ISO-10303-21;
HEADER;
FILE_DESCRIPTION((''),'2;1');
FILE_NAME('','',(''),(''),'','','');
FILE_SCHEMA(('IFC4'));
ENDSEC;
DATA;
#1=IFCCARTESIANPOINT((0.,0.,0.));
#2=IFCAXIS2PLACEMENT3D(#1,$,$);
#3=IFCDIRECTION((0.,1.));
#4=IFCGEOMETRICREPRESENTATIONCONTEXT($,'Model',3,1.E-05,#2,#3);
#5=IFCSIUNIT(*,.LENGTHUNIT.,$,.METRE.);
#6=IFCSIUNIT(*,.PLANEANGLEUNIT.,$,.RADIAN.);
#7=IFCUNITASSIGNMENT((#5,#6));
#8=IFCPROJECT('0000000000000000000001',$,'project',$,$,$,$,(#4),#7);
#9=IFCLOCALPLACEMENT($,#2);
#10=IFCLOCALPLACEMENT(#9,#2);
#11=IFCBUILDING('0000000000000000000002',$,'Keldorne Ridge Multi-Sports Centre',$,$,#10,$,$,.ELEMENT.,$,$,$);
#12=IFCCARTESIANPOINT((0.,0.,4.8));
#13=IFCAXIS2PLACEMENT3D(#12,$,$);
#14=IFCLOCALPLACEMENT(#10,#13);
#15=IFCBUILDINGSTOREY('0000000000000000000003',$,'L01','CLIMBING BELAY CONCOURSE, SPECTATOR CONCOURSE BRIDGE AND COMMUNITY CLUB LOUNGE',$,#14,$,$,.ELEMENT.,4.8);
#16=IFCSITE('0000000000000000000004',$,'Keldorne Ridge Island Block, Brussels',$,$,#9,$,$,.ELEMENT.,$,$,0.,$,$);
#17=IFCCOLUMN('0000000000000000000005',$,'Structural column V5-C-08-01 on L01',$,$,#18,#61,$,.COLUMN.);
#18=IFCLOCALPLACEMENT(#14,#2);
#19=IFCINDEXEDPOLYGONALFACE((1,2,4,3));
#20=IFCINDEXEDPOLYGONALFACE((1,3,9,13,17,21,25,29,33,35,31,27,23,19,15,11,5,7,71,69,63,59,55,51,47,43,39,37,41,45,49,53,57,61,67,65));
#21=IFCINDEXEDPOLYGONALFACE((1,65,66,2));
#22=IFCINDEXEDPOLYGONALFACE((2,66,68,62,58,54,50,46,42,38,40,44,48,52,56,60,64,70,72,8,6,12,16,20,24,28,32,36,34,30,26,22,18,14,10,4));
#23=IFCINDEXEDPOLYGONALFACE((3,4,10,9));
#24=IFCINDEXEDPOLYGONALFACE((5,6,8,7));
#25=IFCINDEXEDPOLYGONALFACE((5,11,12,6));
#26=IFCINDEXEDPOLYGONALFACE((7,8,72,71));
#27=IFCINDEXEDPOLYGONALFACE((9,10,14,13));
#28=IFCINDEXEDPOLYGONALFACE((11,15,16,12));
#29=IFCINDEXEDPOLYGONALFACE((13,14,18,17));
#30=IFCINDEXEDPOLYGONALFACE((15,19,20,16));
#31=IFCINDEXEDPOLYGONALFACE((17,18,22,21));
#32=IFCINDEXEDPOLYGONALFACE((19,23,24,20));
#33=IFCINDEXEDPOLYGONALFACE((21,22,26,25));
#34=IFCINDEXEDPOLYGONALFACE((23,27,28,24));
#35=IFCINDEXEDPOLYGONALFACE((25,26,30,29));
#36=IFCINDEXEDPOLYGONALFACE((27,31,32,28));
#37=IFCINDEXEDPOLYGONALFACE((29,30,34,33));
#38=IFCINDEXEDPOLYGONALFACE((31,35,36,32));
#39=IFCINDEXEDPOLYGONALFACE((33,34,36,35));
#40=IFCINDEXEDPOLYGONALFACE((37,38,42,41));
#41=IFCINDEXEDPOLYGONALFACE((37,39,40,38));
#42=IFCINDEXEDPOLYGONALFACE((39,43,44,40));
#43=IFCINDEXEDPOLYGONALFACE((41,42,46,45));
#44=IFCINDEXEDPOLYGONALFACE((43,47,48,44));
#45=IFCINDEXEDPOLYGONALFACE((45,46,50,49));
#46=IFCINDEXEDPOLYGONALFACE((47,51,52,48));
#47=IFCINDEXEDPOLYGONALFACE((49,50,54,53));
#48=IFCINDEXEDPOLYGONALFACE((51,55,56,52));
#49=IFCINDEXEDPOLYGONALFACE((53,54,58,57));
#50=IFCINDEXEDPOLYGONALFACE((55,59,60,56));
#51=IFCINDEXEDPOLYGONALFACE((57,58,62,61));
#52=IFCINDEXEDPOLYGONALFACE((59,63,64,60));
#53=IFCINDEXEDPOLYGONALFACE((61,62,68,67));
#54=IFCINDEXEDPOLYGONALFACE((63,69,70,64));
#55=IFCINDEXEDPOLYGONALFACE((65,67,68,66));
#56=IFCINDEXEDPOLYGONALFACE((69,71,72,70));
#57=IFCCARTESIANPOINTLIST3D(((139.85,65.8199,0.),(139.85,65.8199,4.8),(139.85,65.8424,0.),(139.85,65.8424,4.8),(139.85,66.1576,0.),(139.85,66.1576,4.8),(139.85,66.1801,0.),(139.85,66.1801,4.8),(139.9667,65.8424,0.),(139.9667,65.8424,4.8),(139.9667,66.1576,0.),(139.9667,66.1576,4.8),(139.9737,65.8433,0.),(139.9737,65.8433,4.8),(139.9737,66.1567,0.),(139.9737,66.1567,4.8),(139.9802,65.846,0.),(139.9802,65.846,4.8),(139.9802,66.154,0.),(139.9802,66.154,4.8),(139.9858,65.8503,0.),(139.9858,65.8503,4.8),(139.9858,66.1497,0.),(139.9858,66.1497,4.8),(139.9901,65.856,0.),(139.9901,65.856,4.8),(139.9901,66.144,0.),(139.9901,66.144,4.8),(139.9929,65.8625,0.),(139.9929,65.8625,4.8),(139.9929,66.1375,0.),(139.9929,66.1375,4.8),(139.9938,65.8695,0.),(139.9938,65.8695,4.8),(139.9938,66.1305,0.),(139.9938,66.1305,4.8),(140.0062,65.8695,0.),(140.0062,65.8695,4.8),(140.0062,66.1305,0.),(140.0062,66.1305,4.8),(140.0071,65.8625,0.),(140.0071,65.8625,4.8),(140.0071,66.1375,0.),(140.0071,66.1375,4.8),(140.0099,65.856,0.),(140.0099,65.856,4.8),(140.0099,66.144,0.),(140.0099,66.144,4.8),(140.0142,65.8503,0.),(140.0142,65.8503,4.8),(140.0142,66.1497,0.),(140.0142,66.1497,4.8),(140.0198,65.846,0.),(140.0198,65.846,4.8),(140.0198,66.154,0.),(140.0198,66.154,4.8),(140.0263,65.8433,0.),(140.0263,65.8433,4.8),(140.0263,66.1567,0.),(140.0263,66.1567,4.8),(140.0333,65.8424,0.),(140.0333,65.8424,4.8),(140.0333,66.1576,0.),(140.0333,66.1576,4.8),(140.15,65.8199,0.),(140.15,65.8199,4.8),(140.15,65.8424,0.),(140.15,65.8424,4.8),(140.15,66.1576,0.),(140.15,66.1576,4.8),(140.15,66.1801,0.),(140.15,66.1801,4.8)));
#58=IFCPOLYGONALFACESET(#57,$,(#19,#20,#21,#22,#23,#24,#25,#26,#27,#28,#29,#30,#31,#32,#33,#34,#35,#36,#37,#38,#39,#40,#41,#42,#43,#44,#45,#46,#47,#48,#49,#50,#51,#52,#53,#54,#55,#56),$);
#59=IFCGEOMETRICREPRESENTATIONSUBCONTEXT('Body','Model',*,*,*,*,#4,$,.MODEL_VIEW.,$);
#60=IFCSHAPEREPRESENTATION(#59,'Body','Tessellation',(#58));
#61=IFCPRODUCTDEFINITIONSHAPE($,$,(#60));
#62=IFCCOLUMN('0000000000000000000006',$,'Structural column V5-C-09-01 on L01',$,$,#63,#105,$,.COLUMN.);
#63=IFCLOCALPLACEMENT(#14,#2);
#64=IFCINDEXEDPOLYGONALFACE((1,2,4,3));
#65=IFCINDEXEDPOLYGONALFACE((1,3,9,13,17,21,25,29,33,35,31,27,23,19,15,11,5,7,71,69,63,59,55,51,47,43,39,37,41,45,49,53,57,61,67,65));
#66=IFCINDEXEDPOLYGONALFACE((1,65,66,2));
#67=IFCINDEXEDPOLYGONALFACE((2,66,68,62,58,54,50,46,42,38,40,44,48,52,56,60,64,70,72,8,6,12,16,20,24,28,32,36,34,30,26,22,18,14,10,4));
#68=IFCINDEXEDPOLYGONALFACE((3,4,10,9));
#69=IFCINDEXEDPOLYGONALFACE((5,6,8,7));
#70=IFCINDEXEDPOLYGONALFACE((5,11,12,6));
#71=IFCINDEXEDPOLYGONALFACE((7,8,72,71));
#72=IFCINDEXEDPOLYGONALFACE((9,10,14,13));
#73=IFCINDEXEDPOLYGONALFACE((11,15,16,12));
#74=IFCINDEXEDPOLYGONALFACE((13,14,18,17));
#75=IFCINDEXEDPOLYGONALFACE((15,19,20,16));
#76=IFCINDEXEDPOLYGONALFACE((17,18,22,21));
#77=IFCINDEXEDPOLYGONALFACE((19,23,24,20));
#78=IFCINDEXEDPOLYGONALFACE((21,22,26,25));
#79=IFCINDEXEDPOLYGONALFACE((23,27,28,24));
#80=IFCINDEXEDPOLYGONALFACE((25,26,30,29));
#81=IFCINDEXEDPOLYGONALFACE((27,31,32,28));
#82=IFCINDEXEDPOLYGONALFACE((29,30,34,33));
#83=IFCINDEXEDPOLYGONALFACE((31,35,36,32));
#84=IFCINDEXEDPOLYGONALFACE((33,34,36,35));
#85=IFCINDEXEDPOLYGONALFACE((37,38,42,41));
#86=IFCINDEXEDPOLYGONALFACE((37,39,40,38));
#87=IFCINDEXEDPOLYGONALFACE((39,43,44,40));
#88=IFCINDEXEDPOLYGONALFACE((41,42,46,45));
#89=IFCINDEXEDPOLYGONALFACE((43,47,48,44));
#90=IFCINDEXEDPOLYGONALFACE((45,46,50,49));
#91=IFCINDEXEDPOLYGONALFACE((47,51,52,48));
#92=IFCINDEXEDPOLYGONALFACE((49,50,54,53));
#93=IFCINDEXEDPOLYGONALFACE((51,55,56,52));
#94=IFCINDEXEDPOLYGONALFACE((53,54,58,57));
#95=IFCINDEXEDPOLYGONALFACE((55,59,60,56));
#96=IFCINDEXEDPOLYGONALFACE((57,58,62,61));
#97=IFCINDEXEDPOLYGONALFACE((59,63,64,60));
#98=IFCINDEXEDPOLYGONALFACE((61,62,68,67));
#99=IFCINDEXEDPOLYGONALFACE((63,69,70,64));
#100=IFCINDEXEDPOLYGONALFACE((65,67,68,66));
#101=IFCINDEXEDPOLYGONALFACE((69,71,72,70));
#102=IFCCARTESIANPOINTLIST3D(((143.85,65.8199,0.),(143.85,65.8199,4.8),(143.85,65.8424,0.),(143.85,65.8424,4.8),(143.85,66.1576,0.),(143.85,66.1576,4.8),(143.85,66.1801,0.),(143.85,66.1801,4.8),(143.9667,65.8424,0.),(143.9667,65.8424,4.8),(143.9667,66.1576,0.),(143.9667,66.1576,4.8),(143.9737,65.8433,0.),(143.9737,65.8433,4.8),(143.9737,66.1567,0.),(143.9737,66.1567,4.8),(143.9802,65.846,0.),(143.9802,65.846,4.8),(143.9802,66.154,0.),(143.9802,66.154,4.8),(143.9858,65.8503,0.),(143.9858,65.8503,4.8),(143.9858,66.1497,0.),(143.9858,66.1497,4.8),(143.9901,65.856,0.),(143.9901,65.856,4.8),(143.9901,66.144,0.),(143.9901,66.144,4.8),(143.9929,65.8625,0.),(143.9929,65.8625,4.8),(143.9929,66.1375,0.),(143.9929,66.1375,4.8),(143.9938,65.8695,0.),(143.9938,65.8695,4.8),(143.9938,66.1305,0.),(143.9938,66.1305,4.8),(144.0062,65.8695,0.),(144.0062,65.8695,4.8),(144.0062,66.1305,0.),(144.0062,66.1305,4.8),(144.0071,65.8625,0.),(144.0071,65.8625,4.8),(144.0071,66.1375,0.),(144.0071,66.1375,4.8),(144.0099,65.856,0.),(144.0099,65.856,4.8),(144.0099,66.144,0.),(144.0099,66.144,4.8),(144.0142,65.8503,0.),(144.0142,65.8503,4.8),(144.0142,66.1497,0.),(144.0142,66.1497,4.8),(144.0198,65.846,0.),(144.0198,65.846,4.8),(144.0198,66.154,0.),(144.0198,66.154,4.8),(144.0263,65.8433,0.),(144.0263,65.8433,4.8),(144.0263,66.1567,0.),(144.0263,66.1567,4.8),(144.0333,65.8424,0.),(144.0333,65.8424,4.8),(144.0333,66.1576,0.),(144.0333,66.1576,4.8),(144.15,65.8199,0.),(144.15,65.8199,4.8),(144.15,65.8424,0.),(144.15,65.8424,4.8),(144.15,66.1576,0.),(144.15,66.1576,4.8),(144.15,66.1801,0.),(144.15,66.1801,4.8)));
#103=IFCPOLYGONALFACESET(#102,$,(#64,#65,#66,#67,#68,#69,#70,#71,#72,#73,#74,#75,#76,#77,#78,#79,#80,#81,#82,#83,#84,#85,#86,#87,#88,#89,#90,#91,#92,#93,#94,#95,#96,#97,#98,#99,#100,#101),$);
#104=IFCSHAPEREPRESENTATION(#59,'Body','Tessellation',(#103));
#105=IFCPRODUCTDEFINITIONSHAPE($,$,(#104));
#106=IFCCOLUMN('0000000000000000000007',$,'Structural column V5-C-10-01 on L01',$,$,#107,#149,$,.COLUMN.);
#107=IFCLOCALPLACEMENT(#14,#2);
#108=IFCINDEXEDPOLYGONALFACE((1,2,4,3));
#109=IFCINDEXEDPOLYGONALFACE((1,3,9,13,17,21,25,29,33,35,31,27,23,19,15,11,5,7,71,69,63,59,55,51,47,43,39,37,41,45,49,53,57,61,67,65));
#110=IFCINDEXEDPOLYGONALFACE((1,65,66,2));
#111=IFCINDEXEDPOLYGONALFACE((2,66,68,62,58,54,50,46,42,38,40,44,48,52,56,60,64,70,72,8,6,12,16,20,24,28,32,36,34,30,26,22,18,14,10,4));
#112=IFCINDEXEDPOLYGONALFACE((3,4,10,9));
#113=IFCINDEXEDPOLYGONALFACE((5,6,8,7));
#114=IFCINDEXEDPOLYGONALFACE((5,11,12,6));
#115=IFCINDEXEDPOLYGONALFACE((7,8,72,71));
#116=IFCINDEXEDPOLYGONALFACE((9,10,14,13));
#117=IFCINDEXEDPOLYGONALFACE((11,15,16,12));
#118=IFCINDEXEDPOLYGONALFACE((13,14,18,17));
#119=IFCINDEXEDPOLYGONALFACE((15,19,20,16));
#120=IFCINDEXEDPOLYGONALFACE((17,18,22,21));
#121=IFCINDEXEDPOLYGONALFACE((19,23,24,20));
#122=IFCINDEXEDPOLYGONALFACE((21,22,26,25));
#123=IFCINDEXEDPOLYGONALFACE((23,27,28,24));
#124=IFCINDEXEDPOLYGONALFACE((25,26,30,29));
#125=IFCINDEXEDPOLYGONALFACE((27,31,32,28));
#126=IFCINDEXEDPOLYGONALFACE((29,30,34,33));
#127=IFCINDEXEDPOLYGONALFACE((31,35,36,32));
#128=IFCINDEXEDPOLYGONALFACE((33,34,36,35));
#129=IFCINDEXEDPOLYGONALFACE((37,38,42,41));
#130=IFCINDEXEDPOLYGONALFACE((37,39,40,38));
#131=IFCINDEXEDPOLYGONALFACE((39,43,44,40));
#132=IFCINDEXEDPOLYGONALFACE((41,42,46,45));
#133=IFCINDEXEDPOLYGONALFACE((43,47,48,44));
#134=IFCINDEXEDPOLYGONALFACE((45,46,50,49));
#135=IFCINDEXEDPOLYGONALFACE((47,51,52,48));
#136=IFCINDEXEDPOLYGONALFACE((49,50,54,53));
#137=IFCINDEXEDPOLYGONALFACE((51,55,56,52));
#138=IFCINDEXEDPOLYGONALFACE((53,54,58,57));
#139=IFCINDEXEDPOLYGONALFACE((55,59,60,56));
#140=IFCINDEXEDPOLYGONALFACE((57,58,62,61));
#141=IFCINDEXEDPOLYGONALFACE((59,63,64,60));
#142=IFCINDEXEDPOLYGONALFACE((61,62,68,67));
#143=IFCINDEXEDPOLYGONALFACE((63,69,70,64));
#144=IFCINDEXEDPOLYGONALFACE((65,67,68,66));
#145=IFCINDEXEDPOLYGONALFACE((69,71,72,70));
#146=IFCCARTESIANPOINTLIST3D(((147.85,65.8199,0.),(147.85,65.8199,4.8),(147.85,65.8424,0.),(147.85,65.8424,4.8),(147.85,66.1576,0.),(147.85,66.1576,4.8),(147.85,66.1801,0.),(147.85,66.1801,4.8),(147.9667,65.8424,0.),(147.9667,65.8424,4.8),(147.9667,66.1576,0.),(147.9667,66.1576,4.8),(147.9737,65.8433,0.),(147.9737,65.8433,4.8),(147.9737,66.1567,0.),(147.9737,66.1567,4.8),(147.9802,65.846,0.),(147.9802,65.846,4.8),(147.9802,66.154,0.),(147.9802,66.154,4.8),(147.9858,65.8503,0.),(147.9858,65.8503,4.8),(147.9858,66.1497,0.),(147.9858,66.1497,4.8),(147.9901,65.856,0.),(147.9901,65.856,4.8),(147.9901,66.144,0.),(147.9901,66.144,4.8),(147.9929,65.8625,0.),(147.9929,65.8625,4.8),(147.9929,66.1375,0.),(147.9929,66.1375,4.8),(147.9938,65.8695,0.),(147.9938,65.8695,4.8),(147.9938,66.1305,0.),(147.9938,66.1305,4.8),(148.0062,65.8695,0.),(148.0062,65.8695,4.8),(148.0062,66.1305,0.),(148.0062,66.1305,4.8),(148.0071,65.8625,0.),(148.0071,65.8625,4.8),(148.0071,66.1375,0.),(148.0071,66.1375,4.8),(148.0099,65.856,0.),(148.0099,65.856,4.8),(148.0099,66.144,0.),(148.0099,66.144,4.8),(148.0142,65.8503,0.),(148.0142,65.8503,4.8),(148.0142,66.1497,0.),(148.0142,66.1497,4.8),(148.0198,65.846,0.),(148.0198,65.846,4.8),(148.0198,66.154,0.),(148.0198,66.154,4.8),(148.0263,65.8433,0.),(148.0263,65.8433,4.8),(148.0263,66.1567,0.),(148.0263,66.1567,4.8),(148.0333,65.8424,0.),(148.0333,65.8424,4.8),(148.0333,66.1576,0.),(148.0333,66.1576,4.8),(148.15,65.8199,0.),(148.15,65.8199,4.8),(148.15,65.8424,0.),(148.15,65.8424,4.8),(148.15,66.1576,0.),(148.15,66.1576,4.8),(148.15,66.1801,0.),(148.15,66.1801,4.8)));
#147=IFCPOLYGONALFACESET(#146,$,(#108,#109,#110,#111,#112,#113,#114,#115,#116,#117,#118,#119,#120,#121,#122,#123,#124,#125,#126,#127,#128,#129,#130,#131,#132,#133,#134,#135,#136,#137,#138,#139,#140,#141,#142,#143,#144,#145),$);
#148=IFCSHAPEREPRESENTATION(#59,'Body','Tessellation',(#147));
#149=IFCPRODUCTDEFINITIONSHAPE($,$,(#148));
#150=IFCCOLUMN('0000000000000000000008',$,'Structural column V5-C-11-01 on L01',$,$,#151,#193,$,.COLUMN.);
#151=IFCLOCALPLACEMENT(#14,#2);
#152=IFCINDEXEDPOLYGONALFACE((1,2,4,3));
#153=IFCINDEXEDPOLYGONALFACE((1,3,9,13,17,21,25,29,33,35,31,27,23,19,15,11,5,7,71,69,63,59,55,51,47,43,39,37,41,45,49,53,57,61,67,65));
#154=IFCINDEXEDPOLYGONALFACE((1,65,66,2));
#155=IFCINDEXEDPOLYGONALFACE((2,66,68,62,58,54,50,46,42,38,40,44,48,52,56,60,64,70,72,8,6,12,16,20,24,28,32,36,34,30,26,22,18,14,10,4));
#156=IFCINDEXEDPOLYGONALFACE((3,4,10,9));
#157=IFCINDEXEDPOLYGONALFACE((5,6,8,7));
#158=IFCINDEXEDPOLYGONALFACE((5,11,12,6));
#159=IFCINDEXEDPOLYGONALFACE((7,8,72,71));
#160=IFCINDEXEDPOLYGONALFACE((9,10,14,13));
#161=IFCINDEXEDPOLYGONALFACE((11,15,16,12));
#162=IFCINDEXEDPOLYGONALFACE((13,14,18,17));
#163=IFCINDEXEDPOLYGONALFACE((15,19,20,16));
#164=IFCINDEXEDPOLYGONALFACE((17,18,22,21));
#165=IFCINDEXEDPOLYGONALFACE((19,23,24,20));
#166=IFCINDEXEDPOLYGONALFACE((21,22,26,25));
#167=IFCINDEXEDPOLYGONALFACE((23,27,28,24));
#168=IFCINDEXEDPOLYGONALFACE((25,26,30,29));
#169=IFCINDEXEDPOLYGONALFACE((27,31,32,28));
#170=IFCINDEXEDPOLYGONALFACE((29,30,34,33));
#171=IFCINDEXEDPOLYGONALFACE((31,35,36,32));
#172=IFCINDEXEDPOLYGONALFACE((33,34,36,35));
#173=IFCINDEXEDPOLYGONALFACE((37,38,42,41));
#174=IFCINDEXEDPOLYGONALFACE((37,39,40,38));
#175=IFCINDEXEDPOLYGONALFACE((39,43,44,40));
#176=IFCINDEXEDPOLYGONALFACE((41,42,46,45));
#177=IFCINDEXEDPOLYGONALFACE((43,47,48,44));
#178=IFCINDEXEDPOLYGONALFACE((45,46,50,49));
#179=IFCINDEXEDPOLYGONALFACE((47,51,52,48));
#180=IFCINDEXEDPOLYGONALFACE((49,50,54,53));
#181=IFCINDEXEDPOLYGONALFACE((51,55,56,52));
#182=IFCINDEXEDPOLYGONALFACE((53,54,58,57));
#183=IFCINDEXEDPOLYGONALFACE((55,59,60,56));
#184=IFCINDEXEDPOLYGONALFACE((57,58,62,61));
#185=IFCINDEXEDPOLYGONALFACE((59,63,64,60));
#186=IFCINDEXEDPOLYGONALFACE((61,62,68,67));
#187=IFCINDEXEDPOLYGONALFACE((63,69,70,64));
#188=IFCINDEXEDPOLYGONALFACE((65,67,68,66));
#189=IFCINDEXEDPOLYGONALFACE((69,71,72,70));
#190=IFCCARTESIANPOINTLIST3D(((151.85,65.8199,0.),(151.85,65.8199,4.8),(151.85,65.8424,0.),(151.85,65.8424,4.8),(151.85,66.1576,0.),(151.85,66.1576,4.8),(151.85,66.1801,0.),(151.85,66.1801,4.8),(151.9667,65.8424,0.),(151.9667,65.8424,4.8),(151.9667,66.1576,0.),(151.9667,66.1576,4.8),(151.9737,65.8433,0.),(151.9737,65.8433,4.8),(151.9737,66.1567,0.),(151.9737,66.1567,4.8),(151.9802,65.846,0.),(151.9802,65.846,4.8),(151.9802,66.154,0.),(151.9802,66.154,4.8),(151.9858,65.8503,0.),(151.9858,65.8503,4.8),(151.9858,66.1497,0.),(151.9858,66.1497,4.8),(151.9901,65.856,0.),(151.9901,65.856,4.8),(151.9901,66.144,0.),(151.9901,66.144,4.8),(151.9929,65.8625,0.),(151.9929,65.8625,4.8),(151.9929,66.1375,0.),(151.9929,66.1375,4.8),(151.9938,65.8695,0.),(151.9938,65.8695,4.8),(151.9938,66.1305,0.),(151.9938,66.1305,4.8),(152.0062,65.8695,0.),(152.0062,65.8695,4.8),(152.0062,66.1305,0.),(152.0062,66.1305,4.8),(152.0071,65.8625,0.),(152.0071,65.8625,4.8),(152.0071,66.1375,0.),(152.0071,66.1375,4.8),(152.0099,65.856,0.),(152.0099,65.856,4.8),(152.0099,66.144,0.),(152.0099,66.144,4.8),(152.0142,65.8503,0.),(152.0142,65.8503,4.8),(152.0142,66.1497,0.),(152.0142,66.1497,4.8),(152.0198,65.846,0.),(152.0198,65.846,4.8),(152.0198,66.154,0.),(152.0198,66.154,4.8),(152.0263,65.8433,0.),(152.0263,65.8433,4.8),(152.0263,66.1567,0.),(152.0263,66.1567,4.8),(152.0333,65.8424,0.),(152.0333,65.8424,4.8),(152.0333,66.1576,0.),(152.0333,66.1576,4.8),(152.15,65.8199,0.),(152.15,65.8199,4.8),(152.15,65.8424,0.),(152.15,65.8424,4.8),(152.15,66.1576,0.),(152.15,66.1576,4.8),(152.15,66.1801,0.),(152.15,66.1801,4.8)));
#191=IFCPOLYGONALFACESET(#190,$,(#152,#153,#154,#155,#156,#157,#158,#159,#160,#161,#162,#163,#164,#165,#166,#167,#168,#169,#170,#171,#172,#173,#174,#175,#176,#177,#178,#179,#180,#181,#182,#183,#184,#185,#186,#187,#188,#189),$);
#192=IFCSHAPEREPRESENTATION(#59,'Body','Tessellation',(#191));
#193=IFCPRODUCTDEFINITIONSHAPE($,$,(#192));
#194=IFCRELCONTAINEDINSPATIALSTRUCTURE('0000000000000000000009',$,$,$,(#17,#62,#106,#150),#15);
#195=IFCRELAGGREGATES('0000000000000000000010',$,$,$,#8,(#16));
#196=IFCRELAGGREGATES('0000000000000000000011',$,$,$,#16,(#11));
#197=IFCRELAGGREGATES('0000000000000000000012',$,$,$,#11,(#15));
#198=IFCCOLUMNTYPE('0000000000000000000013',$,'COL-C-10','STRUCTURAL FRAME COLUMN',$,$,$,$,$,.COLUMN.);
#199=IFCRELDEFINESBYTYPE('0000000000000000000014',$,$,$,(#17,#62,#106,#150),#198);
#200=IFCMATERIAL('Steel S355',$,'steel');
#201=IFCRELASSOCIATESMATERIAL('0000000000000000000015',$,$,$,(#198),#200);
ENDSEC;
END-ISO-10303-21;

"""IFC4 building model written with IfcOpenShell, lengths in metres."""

from ifc_helpers import new_model, si_unit, direction, frame, origin, origin_2d, place, context, subcontext, project, spatial, i_section, extrude, material, material_profile, profile_set, type_object, element, save


model = new_model("IFC4")

# Units and contexts
model_context = context("Model", 3, precision=1e-05, world=origin(), true_north=direction((0.0, 1.0)))
body_context = subcontext(model_context, "Body", "Model", "MODEL_VIEW")
ifc_project = project(units=[si_unit("LENGTHUNIT", "METRE"), si_unit("PLANEANGLEUNIT", "RADIAN")], contexts=[model_context])

# Site, building, storey
site_placement = place(None, origin())
site = spatial("IfcSite", under=ifc_project, at=site_placement, Name="Keldorne Ridge Island Block, Brussels", CompositionType="ELEMENT", RefElevation=0.0)
building_placement = place(site_placement, origin())
building = spatial("IfcBuilding", under=site, at=building_placement, Name="Keldorne Ridge Multi-Sports Centre", CompositionType="ELEMENT")
storey_placement = place(building_placement, frame((0.0, 0.0, 4.8)))
storey = spatial("IfcBuildingStorey", under=building, at=storey_placement, Name="L01", Description="CLIMBING BELAY CONCOURSE, SPECTATOR CONCOURSE BRIDGE AND COMMUNITY CLUB LOUNGE", CompositionType="ELEMENT", Elevation=4.8)

# Columns
ifc_material_1 = material(Name="Steel S355", Category="steel")
ifc_material_profile_1 = material_profile(ifc_material_1, i_section(OverallWidth=0.3, OverallDepth=0.3601, WebThickness=0.0125, FlangeThickness=0.0225, FilletRadius=0.0271, at=origin_2d()), Name="HEB 360")
ifc_profile_set_1 = profile_set([ifc_material_profile_1], Name="Steel S355")
column_type = type_object("IfcColumnType", Name="COL-C-10", Description="STRUCTURAL FRAME COLUMN", PredefinedType="COLUMN", material=ifc_profile_set_1)
for number, where, z_axis, x_axis, name in (
    (1, (140.0, 66.0, 0.0), (0.0, 0.0, 1.0), (1.0, 0.0, 0.0), "Structural column V5-C-08-01 on L01"),
    (2, (144.0, 66.0, 0.0), (0.0, 0.0, 1.0), (1.0, 0.0, 0.0), "Structural column V5-C-09-01 on L01"),
    (3, (148.0, 66.0, 0.0), (0.0, 0.0, 1.0), (1.0, 0.0, 0.0), "Structural column V5-C-10-01 on L01"),
    (4, (152.0, 66.0, 0.0), (0.0, 0.0, 1.0), (1.0, 0.0, 0.0), "Structural column V5-C-11-01 on L01"),
):
    element("IfcColumn", number, at=place(storey_placement, frame(where, z_axis=z_axis, x_axis=x_axis)), inside=storey, type_object=column_type, Name=name, PredefinedType="COLUMN", context=body_context, shape_type="SweptSolid", body=[
        extrude(i_section(OverallWidth=0.3, OverallDepth=0.3601, WebThickness=0.0125, FlangeThickness=0.0225, FilletRadius=0.0271, at=origin_2d()), origin(), (0.0, 0.0, 1.0), 4.8),
    ])

save(model, "model.ifc")
